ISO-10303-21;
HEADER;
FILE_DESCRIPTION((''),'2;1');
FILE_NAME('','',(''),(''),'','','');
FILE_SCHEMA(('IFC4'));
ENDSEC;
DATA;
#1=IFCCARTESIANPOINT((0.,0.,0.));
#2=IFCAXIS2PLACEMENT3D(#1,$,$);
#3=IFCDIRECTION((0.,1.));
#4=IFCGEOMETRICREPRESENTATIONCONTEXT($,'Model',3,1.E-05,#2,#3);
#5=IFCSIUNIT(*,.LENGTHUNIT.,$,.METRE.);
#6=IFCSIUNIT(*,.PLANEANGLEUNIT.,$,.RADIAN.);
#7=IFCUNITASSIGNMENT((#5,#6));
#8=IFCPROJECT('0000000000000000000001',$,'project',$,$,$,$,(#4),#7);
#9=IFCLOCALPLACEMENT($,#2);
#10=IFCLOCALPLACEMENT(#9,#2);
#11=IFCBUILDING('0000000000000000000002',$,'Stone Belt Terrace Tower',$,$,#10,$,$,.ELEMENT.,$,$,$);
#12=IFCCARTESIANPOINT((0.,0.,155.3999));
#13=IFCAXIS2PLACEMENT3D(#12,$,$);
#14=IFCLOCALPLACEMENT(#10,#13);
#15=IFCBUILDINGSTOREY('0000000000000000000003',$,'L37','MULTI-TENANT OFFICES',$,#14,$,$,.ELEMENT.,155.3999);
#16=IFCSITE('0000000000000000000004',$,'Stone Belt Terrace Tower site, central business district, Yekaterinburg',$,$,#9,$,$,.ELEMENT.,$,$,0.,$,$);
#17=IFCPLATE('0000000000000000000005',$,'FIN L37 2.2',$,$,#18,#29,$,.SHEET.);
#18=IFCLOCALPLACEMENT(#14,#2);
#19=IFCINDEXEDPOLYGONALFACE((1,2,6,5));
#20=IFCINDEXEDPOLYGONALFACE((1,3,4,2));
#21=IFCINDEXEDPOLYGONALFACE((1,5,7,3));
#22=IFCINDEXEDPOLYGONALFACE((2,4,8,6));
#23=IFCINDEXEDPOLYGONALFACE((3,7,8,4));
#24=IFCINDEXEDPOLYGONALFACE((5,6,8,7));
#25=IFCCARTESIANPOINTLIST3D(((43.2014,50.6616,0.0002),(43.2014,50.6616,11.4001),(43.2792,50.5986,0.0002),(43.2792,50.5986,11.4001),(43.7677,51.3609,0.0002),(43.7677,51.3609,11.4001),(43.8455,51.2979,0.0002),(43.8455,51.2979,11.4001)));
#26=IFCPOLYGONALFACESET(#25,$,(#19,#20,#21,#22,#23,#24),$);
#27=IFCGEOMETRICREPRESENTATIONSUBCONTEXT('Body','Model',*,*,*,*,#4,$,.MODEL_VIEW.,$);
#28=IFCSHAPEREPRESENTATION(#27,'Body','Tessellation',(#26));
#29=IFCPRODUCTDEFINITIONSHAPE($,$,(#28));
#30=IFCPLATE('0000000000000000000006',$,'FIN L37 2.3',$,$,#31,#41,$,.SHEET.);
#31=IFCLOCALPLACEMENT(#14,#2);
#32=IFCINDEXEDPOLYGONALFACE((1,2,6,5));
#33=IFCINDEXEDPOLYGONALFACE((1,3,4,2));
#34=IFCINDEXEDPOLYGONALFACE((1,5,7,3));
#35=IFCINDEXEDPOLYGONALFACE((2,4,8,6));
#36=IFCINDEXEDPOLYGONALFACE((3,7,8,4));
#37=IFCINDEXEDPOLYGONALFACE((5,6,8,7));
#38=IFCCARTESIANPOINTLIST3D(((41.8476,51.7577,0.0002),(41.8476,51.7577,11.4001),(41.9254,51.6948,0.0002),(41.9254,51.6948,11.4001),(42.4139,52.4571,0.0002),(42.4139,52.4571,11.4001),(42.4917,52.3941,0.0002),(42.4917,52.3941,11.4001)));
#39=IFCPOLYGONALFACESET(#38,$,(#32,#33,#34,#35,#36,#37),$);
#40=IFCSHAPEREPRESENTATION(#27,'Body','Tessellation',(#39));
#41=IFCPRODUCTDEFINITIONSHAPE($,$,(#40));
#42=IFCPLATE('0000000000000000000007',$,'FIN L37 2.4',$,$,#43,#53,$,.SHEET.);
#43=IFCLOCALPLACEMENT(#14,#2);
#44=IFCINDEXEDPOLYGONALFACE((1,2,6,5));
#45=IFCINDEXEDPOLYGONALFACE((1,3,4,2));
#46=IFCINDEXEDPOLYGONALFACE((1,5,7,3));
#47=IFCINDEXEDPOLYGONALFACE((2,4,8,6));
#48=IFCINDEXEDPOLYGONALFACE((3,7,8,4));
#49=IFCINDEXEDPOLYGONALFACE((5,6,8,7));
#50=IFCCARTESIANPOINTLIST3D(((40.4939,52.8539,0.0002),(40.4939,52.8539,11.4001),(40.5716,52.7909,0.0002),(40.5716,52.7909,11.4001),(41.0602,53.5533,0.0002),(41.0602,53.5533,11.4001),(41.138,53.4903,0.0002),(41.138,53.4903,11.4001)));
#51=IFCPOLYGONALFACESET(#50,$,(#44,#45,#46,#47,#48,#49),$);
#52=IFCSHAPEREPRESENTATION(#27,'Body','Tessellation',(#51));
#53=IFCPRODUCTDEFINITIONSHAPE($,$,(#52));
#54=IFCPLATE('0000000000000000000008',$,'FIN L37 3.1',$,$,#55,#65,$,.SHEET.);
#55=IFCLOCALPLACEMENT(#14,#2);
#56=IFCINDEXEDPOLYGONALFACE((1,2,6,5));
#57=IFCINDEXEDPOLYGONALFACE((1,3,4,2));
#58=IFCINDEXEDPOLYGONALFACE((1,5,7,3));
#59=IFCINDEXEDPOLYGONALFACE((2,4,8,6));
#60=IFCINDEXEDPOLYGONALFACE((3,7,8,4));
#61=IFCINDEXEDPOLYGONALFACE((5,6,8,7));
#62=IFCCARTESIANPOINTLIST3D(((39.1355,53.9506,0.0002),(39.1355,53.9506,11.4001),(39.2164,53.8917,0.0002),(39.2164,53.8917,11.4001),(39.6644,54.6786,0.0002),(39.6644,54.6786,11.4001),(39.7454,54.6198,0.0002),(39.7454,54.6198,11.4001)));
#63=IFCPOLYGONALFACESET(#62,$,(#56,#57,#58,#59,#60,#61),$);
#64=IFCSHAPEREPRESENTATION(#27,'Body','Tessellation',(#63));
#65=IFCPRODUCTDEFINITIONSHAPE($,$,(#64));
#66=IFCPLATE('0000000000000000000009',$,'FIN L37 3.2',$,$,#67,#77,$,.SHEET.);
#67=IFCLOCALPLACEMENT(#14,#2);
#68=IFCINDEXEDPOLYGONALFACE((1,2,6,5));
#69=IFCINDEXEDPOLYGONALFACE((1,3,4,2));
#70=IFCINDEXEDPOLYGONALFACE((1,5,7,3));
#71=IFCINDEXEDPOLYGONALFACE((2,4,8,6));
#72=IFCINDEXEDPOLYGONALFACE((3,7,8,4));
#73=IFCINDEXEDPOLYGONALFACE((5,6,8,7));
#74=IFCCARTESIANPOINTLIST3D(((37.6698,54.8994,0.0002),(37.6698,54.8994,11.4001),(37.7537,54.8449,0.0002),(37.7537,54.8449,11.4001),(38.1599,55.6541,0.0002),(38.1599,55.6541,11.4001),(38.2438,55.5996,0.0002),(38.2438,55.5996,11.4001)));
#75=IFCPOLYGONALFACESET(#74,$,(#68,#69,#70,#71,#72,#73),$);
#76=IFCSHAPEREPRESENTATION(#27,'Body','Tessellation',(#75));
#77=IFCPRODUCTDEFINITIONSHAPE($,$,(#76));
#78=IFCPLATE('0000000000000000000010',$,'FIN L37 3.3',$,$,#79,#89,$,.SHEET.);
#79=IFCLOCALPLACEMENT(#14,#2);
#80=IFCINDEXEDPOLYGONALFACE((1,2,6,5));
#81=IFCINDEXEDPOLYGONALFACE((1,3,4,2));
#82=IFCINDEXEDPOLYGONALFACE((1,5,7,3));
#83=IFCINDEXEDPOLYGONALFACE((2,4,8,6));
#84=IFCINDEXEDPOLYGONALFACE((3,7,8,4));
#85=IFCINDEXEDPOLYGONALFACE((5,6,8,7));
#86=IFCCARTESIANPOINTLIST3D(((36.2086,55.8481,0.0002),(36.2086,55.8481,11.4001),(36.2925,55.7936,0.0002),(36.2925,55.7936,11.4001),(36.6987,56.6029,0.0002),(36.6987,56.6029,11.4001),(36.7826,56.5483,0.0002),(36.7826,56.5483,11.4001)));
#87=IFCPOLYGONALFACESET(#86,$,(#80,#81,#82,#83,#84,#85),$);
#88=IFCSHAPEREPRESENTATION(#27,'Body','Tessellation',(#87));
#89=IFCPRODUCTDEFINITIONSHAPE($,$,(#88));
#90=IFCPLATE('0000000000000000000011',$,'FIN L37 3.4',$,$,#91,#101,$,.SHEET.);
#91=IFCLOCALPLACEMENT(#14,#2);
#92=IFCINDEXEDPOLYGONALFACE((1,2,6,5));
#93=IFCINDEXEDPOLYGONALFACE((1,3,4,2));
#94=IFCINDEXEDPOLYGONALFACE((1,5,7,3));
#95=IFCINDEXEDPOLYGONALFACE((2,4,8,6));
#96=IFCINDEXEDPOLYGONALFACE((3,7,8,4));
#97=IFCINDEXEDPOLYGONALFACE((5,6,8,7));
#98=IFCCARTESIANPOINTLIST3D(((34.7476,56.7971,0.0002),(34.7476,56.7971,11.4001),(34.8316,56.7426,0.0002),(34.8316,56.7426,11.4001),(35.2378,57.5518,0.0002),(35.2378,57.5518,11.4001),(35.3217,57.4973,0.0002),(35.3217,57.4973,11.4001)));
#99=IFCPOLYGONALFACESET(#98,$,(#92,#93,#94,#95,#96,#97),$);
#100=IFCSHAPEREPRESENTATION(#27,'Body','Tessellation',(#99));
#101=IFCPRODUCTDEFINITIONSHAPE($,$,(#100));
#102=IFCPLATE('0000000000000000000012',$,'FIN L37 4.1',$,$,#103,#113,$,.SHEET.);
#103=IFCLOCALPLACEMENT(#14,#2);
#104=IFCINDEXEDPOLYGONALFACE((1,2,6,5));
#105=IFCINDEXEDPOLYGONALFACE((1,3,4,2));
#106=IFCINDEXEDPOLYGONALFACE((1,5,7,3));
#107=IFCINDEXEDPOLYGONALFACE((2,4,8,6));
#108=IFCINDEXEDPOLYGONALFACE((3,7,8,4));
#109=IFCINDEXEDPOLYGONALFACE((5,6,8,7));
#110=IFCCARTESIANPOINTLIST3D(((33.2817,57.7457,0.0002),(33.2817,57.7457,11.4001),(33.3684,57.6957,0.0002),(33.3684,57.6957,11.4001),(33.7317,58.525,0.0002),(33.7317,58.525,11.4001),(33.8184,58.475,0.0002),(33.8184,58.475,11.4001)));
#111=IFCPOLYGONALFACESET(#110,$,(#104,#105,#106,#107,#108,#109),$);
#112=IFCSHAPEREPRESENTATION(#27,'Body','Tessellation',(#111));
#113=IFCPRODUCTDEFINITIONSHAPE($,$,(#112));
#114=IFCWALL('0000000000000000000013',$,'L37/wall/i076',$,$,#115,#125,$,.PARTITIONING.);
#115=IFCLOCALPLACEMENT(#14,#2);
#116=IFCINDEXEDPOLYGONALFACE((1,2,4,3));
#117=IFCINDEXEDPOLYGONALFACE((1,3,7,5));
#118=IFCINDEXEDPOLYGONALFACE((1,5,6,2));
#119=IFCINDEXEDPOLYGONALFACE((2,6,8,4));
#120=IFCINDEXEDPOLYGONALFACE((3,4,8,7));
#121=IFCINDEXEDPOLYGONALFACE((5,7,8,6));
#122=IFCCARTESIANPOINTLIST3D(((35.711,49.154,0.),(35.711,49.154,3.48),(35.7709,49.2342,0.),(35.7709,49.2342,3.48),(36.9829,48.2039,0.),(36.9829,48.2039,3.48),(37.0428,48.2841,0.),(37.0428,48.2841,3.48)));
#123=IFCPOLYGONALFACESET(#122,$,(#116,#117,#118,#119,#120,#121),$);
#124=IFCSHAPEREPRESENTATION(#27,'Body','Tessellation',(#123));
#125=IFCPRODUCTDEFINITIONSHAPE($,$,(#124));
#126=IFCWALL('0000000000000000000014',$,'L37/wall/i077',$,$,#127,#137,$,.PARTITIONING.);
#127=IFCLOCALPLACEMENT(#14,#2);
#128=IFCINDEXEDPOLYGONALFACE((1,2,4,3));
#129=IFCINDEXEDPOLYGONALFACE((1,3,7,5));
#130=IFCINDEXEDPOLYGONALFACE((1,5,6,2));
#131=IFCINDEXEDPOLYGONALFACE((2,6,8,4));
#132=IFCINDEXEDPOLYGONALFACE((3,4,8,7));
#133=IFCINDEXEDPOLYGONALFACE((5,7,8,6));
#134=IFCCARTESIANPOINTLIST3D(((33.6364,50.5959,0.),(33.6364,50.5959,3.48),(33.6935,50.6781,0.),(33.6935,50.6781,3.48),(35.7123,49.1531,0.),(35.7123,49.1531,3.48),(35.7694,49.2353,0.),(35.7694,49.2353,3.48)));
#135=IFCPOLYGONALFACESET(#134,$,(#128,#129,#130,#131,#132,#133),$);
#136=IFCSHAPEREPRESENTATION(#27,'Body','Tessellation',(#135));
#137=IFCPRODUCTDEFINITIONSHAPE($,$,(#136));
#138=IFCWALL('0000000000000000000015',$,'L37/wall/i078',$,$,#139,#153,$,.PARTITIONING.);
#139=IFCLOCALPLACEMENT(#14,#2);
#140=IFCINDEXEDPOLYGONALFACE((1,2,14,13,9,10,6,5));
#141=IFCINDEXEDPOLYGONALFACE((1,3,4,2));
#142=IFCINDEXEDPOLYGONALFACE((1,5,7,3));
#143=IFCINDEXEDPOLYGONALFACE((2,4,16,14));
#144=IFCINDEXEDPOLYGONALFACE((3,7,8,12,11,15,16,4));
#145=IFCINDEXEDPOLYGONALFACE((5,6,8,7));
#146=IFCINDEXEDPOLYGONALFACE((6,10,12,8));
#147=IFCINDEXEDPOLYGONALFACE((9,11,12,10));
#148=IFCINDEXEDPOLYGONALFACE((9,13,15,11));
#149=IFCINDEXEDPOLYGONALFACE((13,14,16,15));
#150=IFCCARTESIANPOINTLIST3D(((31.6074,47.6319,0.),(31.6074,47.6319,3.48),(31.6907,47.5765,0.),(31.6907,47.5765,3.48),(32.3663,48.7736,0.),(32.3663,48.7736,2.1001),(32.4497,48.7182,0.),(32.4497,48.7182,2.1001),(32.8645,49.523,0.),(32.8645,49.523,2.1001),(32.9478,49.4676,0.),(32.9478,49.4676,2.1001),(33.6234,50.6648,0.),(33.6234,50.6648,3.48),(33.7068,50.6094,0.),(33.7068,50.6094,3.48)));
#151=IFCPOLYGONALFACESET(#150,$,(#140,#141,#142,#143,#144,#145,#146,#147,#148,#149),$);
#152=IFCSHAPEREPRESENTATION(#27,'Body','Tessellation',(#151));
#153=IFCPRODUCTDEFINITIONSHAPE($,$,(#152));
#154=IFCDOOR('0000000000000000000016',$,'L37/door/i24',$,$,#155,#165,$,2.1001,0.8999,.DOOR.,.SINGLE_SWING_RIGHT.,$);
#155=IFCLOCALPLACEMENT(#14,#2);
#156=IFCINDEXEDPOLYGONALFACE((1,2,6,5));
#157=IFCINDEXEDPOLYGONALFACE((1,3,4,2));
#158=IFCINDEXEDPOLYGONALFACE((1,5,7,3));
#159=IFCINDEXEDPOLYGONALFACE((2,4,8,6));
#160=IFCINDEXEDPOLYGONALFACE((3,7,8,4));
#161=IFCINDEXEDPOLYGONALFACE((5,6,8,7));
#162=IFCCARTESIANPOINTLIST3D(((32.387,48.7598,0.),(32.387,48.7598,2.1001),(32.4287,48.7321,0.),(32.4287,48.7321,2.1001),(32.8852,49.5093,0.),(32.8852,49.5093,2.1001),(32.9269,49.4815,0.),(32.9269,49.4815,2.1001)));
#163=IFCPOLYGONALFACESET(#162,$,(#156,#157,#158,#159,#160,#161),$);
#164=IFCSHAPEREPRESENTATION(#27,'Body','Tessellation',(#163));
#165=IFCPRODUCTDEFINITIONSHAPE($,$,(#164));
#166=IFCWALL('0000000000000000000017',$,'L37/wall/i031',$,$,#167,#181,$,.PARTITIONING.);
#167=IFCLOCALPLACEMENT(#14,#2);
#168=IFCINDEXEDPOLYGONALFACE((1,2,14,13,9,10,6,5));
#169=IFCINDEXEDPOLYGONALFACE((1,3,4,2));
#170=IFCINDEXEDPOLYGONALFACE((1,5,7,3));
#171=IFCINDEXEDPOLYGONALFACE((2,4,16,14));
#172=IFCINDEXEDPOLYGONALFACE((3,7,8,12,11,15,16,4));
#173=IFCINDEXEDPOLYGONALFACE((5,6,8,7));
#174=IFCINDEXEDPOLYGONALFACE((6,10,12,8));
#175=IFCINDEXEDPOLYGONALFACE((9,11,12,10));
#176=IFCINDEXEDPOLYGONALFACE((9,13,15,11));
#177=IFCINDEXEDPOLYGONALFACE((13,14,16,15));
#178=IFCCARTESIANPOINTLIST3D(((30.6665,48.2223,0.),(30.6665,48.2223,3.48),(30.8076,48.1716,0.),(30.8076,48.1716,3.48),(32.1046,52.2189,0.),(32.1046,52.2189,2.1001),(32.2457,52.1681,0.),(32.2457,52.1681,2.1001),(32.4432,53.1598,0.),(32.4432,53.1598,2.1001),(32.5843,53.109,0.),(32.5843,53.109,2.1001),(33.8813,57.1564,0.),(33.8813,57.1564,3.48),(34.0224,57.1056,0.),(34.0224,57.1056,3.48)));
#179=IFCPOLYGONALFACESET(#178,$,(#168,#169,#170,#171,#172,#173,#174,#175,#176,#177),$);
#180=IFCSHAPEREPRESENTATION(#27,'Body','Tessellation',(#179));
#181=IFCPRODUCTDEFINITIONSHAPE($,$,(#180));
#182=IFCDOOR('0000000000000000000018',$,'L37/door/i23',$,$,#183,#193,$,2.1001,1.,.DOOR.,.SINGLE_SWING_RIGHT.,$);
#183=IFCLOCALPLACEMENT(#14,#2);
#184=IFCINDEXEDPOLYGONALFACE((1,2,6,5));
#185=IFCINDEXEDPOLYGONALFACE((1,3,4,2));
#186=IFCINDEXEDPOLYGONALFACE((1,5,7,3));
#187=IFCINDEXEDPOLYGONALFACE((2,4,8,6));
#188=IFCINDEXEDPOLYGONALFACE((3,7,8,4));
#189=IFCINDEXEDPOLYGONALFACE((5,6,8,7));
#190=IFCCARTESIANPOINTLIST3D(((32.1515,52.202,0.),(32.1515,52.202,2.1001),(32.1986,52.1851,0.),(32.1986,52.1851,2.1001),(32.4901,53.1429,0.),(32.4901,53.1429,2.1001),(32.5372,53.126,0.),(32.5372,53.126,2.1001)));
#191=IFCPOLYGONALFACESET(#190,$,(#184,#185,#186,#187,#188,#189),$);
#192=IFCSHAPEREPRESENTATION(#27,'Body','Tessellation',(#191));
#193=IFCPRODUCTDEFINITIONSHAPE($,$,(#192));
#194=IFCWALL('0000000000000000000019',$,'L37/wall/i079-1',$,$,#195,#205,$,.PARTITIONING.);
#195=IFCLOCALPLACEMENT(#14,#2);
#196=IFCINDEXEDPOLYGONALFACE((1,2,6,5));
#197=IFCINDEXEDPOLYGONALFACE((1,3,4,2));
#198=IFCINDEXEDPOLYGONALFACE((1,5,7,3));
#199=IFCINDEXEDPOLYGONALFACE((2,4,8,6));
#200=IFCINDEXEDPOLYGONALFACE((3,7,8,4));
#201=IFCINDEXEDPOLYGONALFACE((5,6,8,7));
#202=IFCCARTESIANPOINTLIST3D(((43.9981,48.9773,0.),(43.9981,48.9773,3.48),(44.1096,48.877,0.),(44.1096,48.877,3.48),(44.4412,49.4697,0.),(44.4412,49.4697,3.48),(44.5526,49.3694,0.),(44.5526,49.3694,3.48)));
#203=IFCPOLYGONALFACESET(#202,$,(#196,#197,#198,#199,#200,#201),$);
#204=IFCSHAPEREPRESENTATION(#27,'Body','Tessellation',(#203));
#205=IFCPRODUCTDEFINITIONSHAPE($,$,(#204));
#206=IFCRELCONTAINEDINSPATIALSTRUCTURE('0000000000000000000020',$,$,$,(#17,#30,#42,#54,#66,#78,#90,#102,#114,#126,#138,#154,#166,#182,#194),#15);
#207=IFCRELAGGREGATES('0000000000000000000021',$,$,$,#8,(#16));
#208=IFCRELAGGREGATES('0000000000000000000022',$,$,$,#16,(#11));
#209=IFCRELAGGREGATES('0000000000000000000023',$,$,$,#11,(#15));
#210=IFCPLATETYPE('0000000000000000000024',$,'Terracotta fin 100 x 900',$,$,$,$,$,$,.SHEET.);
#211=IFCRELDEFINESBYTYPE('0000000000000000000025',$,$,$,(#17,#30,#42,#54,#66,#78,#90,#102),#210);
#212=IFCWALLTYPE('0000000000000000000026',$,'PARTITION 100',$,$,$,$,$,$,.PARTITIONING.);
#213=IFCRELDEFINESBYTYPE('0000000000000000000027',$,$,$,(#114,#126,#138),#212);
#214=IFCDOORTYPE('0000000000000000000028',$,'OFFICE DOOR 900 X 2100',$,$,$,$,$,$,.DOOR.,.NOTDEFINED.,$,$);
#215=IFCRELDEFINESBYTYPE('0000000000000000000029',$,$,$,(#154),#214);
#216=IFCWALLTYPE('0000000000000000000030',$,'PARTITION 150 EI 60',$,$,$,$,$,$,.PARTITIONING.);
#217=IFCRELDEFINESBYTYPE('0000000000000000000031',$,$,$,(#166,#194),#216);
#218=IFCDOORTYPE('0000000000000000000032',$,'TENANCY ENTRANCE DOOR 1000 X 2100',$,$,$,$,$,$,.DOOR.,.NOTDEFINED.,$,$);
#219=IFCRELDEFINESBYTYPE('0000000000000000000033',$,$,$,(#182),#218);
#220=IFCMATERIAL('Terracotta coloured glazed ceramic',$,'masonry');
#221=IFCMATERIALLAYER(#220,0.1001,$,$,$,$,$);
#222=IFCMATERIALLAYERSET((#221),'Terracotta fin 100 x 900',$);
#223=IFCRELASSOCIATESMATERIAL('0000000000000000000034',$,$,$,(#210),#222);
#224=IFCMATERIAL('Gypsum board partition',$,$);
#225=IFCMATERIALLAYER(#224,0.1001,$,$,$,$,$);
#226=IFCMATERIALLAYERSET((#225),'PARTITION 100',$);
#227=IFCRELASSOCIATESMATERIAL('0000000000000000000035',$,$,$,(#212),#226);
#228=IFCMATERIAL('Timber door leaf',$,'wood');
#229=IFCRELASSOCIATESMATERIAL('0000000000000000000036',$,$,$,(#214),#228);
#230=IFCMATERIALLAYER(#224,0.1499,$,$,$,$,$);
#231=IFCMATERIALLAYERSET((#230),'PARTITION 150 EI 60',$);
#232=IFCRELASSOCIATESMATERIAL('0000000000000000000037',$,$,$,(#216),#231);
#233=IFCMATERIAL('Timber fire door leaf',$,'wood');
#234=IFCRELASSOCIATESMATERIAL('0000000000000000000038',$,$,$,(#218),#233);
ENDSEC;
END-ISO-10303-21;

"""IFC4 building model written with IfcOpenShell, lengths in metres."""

from ifc_helpers import new_model, si_unit, direction, frame, frame_2d, origin, origin_2d, place, context, subcontext, project, spatial, rectangle, extrude, material, layer, layer_set, type_object, element, fill, save


model = new_model("IFC4")

# Units and contexts
model_context = context("Model", 3, precision=1e-05, world=origin(), true_north=direction((0.0, 1.0)))
body_context = subcontext(model_context, "Body", "Model", "MODEL_VIEW")
ifc_project = project(units=[si_unit("LENGTHUNIT", "METRE"), si_unit("PLANEANGLEUNIT", "RADIAN")], contexts=[model_context])

# Site, building, storey
site_placement = place(None, origin())
site = spatial("IfcSite", under=ifc_project, at=site_placement, Name="Stone Belt Terrace Tower site, central business district, Yekaterinburg", CompositionType="ELEMENT", RefElevation=0.0)
building_placement = place(site_placement, origin())
building = spatial("IfcBuilding", under=site, at=building_placement, Name="Stone Belt Terrace Tower", CompositionType="ELEMENT")
storey_placement = place(building_placement, frame((0.0, 0.0, 155.3999)))
storey = spatial("IfcBuildingStorey", under=building, at=storey_placement, Name="L37", Description="MULTI-TENANT OFFICES", CompositionType="ELEMENT", Elevation=155.3999)

# Plates
ifc_material_1 = material(Name="Terracotta coloured glazed ceramic", Category="masonry")
ifc_layer_1 = layer(ifc_material_1, 0.1001)
ifc_layer_set_1 = layer_set([ifc_layer_1], Name="Terracotta fin 100 x 900")
plate_type_1 = type_object("IfcPlateType", Name="Terracotta fin 100 x 900", PredefinedType="SHEET", material=ifc_layer_set_1)
for number, where, z_axis, x_axis, name in (
    (1, (43.5234, 50.9797, 0.0002), (0.0, 0.0, 1.0), (0.62932, 0.777146, 0.0), "FIN L37 2.2"),
    (2, (42.1697, 52.0759, 0.0002), (0.0, 0.0, 1.0), (0.62932, 0.777146, 0.0), "FIN L37 2.3"),
    (3, (40.8159, 53.1721, 0.0002), (0.0, 0.0, 1.0), (0.62932, 0.777146, 0.0), "FIN L37 2.4"),
    (4, (39.4404, 54.2852, 0.0002), (0.0, 0.0, 1.0), (0.587785, 0.809017, 0.0), "FIN L37 3.1"),
    (5, (37.9568, 55.2495, 0.0002), (0.0, 0.0, 1.0), (0.544639, 0.838671, 0.0), "FIN L37 3.2"),
    (6, (36.4956, 56.1982, 0.0002), (0.0, 0.0, 1.0), (0.544639, 0.838671, 0.0), "FIN L37 3.3"),
    (7, (35.0347, 57.1472, 0.0002), (0.0, 0.0, 1.0), (0.544639, 0.838671, 0.0), "FIN L37 3.4"),
    (8, (33.55, 58.1104, 0.0002), (0.0, 0.0, 1.0), (0.5, 0.866025, 0.0), "FIN L37 4.1"),
):
    element("IfcPlate", number, at=place(storey_placement, frame(where, z_axis=z_axis, x_axis=x_axis)), inside=storey, type_object=plate_type_1, Name=name, PredefinedType="SHEET", context=body_context, shape_type="SweptSolid", body=[
        extrude(rectangle(XDim=0.8999, YDim=0.1001, at=origin_2d()), origin(), (0.0, 0.0, 1.0), 11.3999),
    ])

# Walls
ifc_material_2 = material(Name="Gypsum board partition")
ifc_layer_2 = layer(ifc_material_2, 0.1001)
ifc_layer_set_2 = layer_set([ifc_layer_2], Name="PARTITION 100")
wall_type_1 = type_object("IfcWallType", Name="PARTITION 100", PredefinedType="PARTITIONING", material=ifc_layer_set_2)
wall_1_placement = place(storey_placement, frame((37.0129, 48.2439, 0.0), z_axis=(0.0, 0.0, 1.0), x_axis=(-0.801143, 0.598474, 0.0)))
element("IfcWall", 9, at=wall_1_placement, inside=storey, type_object=wall_type_1, Name="L37/wall/i076", PredefinedType="PARTITIONING", context=body_context, shape_type="SweptSolid", body=[
    extrude(rectangle(XDim=1.5876, YDim=0.1001, at=frame_2d((0.7939, 0.0))), origin(), (0.0, 0.0, 1.0), 3.48),
])
wall_2_placement = place(storey_placement, frame((35.741, 49.1941, 0.0), z_axis=(0.0, 0.0, 1.0), x_axis=(-0.821137, 0.570731, 0.0)))
element("IfcWall", 10, at=wall_2_placement, inside=storey, type_object=wall_type_1, Name="L37/wall/i077", PredefinedType="PARTITIONING", context=body_context, shape_type="SweptSolid", body=[
    extrude(rectangle(XDim=2.5281, YDim=0.1001, at=frame_2d((1.2642, 0.0))), origin(), (0.0, 0.0, 1.0), 3.48),
])

# Walls, openings, doors
wall_3_placement = place(storey_placement, frame((33.665, 50.637, 0.0), z_axis=(0.0, 0.0, 1.0), x_axis=(-0.553586, -0.832792, 0.0)))
wall_3 = element("IfcWall", 11, at=wall_3_placement, inside=storey, type_object=wall_type_1, Name="L37/wall/i078", PredefinedType="PARTITIONING", context=body_context, shape_type="SweptSolid", body=[
    extrude(rectangle(XDim=3.6418, YDim=0.1001, at=frame_2d((1.8208, 0.0))), origin(), (0.0, 0.0, 1.0), 3.48),
])
opening_1_placement = place(wall_3_placement, frame((1.3708, 0.0, 0.0)))
opening_1 = element("IfcOpeningElement", 12, at=opening_1_placement, cuts=wall_3, PredefinedType="OPENING", context=body_context, shape_type="SweptSolid", body=[
    extrude(rectangle(XDim=0.8999, YDim=2.1001, at=frame_2d((0.45, 1.05))), frame((0.0, 0.0601, 0.0), z_axis=(0.0, -1.0, 0.0), x_axis=(1.0, 0.0, 0.0)), (0.0, 0.0, 1.0), 0.1201),
])
ifc_material_3 = material(Name="Timber door leaf", Category="wood")
door_type_1 = type_object("IfcDoorType", Name="OFFICE DOOR 900 X 2100", OperationType="NOTDEFINED", PredefinedType="DOOR", material=ifc_material_3)
door_1_placement = place(opening_1_placement, origin())
door_1 = element("IfcDoor", 13, at=door_1_placement, inside=storey, type_object=door_type_1, Name="L37/door/i24", OperationType="SINGLE_SWING_RIGHT", OverallHeight=2.1001, OverallWidth=0.8999, PredefinedType="DOOR", context=body_context, shape_type="SweptSolid", body=[
    extrude(rectangle(XDim=0.8999, YDim=2.1001, at=frame_2d((0.45, 1.05))), frame((0.0, 0.0249, 0.0), z_axis=(0.0, -1.0, 0.0), x_axis=(1.0, 0.0, 0.0)), (0.0, 0.0, 1.0), 0.05),
])
fill(opening_1, door_1)
ifc_layer_3 = layer(ifc_material_2, 0.1499)
ifc_layer_set_3 = layer_set([ifc_layer_3], Name="PARTITION 150 EI 60")
wall_type_2 = type_object("IfcWallType", Name="PARTITION 150 EI 60", PredefinedType="PARTITIONING", material=ifc_layer_set_3)
wall_4_placement = place(storey_placement, frame((33.9519, 57.1311, 0.0), z_axis=(0.0, 0.0, 1.0), x_axis=(-0.338587, -0.940935, 0.0)))
wall_4 = element("IfcWall", 14, at=wall_4_placement, inside=storey, type_object=wall_type_2, Name="L37/wall/i031", PredefinedType="PARTITIONING", context=body_context, shape_type="SweptSolid", body=[
    extrude(rectangle(XDim=9.4949, YDim=0.1499, at=frame_2d((4.7476, 0.0))), origin(), (0.0, 0.0, 1.0), 3.48),
])
opening_2_placement = place(wall_4_placement, frame((4.2476, 0.0, 0.0)))
opening_2 = element("IfcOpeningElement", 15, at=opening_2_placement, cuts=wall_4, PredefinedType="OPENING", context=body_context, shape_type="SweptSolid", body=[
    extrude(rectangle(XDim=1.0, YDim=2.1001, at=frame_2d((0.5, 1.05))), frame((0.0, 0.085, 0.0), z_axis=(0.0, -1.0, 0.0), x_axis=(1.0, 0.0, 0.0)), (0.0, 0.0, 1.0), 0.1699),
])
ifc_material_4 = material(Name="Timber fire door leaf", Category="wood")
door_type_2 = type_object("IfcDoorType", Name="TENANCY ENTRANCE DOOR 1000 X 2100", OperationType="NOTDEFINED", PredefinedType="DOOR", material=ifc_material_4)
door_2_placement = place(opening_2_placement, origin())
door_2 = element("IfcDoor", 16, at=door_2_placement, inside=storey, type_object=door_type_2, Name="L37/door/i23", OperationType="SINGLE_SWING_RIGHT", OverallHeight=2.1001, OverallWidth=1.0, PredefinedType="DOOR", context=body_context, shape_type="SweptSolid", body=[
    extrude(rectangle(XDim=1.0, YDim=2.1001, at=frame_2d((0.5, 1.05))), frame((0.0, 0.0249, 0.0), z_axis=(0.0, -1.0, 0.0), x_axis=(1.0, 0.0, 0.0)), (0.0, 0.0, 1.0), 0.05),
])
fill(opening_2, door_2)

# Wall
wall_5_placement = place(storey_placement, frame((44.4968, 49.4194, 0.0), z_axis=(0.0, 0.0, 1.0), x_axis=(-0.668904, -0.743349, 0.0)))
element("IfcWall", 17, at=wall_5_placement, inside=storey, type_object=wall_type_2, Name="L37/wall/i079-1", PredefinedType="PARTITIONING", context=body_context, shape_type="SweptSolid", body=[
    extrude(rectangle(XDim=0.6624, YDim=0.1499, at=frame_2d((0.3311, 0.0))), origin(), (0.0, 0.0, 1.0), 3.48),
])

save(model, "model.ifc")
